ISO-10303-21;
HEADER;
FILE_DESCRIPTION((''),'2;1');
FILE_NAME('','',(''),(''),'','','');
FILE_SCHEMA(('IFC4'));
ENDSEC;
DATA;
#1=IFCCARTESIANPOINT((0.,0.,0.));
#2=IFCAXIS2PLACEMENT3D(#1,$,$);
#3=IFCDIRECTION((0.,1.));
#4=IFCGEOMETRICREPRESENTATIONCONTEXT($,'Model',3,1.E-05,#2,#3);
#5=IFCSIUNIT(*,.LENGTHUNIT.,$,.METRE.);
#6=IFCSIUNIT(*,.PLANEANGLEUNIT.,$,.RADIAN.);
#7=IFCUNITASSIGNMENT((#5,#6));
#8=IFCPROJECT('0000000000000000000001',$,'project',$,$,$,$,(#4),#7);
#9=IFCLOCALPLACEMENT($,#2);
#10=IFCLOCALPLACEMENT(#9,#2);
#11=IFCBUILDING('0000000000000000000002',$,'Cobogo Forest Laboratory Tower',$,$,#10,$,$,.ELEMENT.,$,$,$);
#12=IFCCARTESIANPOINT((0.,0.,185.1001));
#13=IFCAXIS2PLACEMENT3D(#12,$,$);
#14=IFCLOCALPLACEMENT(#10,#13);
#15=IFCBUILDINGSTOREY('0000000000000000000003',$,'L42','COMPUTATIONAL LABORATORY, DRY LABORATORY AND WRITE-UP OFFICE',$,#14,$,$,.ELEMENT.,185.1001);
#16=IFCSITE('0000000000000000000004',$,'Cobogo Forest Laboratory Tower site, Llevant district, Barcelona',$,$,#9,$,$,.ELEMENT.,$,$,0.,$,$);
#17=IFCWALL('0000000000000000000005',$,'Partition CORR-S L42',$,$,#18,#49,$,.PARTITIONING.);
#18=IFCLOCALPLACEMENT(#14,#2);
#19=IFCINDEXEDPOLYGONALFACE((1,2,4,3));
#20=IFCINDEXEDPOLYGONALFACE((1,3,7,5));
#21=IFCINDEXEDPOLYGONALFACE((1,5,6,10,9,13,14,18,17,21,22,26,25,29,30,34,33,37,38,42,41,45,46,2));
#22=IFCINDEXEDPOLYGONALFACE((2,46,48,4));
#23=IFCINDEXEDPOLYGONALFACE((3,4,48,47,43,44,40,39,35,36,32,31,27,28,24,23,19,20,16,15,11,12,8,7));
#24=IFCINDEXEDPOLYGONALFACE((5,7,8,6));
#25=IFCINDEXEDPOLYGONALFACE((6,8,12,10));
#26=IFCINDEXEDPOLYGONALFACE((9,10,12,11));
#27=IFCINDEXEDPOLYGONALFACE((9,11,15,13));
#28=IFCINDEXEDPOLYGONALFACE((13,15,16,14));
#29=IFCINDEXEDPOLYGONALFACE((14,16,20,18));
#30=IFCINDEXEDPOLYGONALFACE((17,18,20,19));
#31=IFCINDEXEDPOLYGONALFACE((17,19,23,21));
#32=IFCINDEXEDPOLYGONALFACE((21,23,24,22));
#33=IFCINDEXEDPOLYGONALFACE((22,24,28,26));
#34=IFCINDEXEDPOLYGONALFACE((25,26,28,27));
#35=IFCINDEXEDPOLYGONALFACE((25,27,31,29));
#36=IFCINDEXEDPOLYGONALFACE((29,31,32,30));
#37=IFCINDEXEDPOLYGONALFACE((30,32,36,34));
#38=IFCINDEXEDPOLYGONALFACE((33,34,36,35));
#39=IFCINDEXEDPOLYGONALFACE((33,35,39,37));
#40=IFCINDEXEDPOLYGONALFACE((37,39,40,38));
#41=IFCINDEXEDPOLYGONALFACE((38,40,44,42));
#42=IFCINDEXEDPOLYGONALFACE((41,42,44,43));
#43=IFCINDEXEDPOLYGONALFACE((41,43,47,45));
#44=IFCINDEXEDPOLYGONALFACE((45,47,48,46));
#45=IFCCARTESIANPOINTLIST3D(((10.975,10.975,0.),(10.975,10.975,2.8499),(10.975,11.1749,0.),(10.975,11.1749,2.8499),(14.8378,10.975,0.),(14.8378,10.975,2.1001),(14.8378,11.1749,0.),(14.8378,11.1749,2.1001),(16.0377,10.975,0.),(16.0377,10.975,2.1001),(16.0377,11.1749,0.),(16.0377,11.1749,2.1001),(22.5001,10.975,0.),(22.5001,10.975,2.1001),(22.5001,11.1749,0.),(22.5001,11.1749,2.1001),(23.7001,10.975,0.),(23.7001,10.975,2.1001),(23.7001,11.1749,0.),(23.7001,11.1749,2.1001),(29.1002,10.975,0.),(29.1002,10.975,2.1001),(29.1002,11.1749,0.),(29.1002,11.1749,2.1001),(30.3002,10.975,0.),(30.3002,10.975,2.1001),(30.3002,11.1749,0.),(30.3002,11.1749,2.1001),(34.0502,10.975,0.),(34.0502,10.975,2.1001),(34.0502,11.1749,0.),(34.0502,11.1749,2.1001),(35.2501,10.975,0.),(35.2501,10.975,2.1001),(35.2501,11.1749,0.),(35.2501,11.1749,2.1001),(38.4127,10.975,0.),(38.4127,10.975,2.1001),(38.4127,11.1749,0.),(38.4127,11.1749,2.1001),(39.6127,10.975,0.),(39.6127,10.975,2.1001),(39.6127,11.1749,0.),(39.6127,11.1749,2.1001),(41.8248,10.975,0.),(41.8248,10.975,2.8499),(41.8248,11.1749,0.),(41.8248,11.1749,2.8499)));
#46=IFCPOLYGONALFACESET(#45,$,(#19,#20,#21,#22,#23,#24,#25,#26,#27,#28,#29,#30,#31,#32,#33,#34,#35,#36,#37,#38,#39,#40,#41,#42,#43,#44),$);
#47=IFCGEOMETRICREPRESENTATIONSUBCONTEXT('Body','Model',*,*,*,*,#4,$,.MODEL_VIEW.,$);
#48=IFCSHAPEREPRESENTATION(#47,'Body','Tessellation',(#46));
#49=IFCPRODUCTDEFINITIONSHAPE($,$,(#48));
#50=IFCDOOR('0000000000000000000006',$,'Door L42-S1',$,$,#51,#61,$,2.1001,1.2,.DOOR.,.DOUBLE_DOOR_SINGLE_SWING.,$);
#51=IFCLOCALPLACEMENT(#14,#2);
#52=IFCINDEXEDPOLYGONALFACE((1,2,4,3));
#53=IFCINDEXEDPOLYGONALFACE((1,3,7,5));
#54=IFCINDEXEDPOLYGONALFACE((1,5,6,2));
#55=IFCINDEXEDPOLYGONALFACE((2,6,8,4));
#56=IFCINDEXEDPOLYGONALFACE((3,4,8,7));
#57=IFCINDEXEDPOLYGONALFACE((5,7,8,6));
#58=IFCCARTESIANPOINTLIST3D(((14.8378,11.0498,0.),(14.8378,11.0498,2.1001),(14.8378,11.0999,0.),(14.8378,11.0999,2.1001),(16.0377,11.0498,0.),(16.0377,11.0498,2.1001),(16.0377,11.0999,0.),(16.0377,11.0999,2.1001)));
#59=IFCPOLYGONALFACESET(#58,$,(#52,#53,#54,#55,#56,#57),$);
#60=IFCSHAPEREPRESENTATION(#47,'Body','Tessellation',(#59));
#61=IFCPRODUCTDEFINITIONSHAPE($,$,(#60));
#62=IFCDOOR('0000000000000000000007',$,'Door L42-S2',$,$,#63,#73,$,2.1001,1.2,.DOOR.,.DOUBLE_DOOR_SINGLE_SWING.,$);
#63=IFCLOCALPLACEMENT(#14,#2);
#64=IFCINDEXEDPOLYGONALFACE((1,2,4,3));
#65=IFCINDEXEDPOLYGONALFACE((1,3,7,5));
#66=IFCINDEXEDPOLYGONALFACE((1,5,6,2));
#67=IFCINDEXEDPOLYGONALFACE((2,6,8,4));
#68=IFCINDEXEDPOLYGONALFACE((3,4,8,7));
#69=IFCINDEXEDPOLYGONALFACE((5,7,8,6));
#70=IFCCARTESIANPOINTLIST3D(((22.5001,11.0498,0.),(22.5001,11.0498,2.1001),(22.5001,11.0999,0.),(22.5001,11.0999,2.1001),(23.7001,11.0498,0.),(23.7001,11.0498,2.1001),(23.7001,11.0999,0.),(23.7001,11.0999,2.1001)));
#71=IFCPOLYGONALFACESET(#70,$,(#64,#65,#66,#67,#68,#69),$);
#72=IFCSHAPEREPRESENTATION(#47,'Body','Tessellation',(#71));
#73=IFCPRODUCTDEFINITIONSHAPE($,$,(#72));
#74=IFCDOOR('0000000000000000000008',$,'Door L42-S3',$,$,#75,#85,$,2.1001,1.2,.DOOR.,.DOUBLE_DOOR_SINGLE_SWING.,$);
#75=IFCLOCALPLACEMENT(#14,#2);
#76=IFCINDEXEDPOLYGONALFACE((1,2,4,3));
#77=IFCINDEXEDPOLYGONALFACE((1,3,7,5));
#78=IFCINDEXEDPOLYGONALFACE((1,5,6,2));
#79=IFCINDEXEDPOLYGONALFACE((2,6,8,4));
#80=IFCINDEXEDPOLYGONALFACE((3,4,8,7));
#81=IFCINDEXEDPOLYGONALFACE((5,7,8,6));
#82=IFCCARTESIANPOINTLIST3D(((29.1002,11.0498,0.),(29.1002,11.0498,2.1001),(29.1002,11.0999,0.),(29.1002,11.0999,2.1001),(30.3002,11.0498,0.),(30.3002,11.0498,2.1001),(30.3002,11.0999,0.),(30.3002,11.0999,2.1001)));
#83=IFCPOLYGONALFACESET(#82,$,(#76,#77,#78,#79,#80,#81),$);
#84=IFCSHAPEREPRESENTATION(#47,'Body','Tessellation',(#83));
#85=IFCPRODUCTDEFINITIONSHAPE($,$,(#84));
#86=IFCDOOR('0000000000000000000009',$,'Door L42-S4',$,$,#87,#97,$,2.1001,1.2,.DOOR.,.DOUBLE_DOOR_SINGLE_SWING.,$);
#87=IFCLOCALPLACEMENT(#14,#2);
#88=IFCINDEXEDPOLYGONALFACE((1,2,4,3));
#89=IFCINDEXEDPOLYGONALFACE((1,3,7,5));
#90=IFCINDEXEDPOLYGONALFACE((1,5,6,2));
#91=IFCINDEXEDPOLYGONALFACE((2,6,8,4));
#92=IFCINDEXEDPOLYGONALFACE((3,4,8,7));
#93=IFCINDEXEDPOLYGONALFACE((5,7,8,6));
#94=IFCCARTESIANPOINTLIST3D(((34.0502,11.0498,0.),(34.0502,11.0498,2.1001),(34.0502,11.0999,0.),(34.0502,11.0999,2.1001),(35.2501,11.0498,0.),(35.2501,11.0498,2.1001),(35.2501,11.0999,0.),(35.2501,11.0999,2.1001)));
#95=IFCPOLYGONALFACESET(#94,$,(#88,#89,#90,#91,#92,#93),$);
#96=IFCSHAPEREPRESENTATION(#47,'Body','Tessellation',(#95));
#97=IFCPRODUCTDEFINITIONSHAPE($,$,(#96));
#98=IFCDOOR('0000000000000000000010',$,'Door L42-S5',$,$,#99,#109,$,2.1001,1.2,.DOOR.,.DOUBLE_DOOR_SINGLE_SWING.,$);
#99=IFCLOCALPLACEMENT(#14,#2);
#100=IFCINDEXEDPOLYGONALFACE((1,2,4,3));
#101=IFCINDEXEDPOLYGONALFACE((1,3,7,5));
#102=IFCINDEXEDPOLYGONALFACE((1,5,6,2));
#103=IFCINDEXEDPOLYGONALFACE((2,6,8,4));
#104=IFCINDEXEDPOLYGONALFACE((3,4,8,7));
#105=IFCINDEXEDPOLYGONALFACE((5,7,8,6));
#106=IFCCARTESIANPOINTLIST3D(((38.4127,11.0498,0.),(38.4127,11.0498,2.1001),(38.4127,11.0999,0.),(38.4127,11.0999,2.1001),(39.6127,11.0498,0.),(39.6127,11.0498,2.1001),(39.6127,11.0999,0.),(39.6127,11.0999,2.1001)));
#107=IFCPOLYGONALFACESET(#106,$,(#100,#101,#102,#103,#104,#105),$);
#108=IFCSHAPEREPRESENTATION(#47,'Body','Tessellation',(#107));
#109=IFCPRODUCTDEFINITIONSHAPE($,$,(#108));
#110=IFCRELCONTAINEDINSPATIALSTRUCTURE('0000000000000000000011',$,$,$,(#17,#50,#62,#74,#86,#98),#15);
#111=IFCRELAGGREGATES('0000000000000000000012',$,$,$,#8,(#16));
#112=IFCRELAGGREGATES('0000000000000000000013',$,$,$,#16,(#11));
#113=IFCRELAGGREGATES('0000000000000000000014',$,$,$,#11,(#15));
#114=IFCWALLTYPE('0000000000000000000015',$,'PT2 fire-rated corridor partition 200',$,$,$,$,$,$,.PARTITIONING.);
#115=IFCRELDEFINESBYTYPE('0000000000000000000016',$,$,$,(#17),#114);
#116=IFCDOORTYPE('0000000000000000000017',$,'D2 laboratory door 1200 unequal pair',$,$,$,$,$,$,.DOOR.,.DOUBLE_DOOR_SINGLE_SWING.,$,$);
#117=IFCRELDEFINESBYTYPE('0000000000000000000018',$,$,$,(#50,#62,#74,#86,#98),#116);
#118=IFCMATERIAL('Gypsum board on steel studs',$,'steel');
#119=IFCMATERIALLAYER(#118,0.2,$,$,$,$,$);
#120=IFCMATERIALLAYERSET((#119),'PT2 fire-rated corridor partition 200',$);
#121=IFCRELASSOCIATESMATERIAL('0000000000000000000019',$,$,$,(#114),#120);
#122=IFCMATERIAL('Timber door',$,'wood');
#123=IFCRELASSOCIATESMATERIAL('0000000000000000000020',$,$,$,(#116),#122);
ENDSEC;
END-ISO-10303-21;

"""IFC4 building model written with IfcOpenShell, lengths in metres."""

from ifc_helpers import new_model, si_unit, direction, frame, frame_2d, origin, place, context, subcontext, project, spatial, rectangle, extrude, material, layer, layer_set, type_object, element, fill, save


model = new_model("IFC4")

# Units and contexts
model_context = context("Model", 3, precision=1e-05, world=origin(), true_north=direction((0.0, 1.0)))
body_context = subcontext(model_context, "Body", "Model", "MODEL_VIEW")
ifc_project = project(units=[si_unit("LENGTHUNIT", "METRE"), si_unit("PLANEANGLEUNIT", "RADIAN")], contexts=[model_context])

# Site, building, storey
site_placement = place(None, origin())
site = spatial("IfcSite", under=ifc_project, at=site_placement, Name="Cobogo Forest Laboratory Tower site, Llevant district, Barcelona", CompositionType="ELEMENT", RefElevation=0.0)
building_placement = place(site_placement, origin())
building = spatial("IfcBuilding", under=site, at=building_placement, Name="Cobogo Forest Laboratory Tower", CompositionType="ELEMENT")
storey_placement = place(building_placement, frame((0.0, 0.0, 185.1001)))
storey = spatial("IfcBuildingStorey", under=building, at=storey_placement, Name="L42", Description="COMPUTATIONAL LABORATORY, DRY LABORATORY AND WRITE-UP OFFICE", CompositionType="ELEMENT", Elevation=185.1001)

# Shared definitions
ifc_material_1 = material(Name="Gypsum board on steel studs", Category="steel")

# Wall, openings, doors
ifc_layer_1 = layer(ifc_material_1, 0.2)
ifc_layer_set_1 = layer_set([ifc_layer_1], Name="PT2 fire-rated corridor partition 200")
wall_type_1 = type_object("IfcWallType", Name="PT2 fire-rated corridor partition 200", PredefinedType="PARTITIONING", material=ifc_layer_set_1)
wall_1_placement = place(storey_placement, frame((10.9751, 11.075, 0.0), z_axis=(0.0, 0.0, 1.0), x_axis=(1.0, 0.0, 0.0)))
wall_1 = element("IfcWall", 1, at=wall_1_placement, inside=storey, type_object=wall_type_1, Name="Partition CORR-S L42", PredefinedType="PARTITIONING", context=body_context, shape_type="SweptSolid", body=[
    extrude(rectangle(XDim=30.8499, YDim=0.2, at=frame_2d((15.4248, 0.0))), origin(), (0.0, 0.0, 1.0), 2.8499),
])
opening_1_placement = place(wall_1_placement, frame((3.8625, 0.0, 0.0)))
opening_1 = element("IfcOpeningElement", 2, at=opening_1_placement, cuts=wall_1, PredefinedType="OPENING", context=body_context, shape_type="SweptSolid", body=[
    extrude(rectangle(XDim=1.2, YDim=2.1001, at=frame_2d((0.6001, 1.05))), frame((0.0, 0.1099, 0.0), z_axis=(0.0, -1.0, 0.0), x_axis=(1.0, 0.0, 0.0)), (0.0, 0.0, 1.0), 0.22),
])
opening_2_placement = place(wall_1_placement, frame((11.5249, 0.0, 0.0)))
opening_2 = element("IfcOpeningElement", 3, at=opening_2_placement, cuts=wall_1, PredefinedType="OPENING", context=body_context, shape_type="SweptSolid", body=[
    extrude(rectangle(XDim=1.2, YDim=2.1001, at=frame_2d((0.6001, 1.05))), frame((0.0, 0.1099, 0.0), z_axis=(0.0, -1.0, 0.0), x_axis=(1.0, 0.0, 0.0)), (0.0, 0.0, 1.0), 0.22),
])
opening_3_placement = place(wall_1_placement, frame((18.125, 0.0, 0.0)))
opening_3 = element("IfcOpeningElement", 4, at=opening_3_placement, cuts=wall_1, PredefinedType="OPENING", context=body_context, shape_type="SweptSolid", body=[
    extrude(rectangle(XDim=1.2, YDim=2.1001, at=frame_2d((0.6001, 1.05))), frame((0.0, 0.1099, 0.0), z_axis=(0.0, -1.0, 0.0), x_axis=(1.0, 0.0, 0.0)), (0.0, 0.0, 1.0), 0.22),
])
opening_4_placement = place(wall_1_placement, frame((23.075, 0.0, 0.0)))
opening_4 = element("IfcOpeningElement", 5, at=opening_4_placement, cuts=wall_1, PredefinedType="OPENING", context=body_context, shape_type="SweptSolid", body=[
    extrude(rectangle(XDim=1.2, YDim=2.1001, at=frame_2d((0.6001, 1.05))), frame((0.0, 0.1099, 0.0), z_axis=(0.0, -1.0, 0.0), x_axis=(1.0, 0.0, 0.0)), (0.0, 0.0, 1.0), 0.22),
])
opening_5_placement = place(wall_1_placement, frame((27.4375, 0.0, 0.0)))
opening_5 = element("IfcOpeningElement", 6, at=opening_5_placement, cuts=wall_1, PredefinedType="OPENING", context=body_context, shape_type="SweptSolid", body=[
    extrude(rectangle(XDim=1.2, YDim=2.1001, at=frame_2d((0.6001, 1.05))), frame((0.0, 0.1099, 0.0), z_axis=(0.0, -1.0, 0.0), x_axis=(1.0, 0.0, 0.0)), (0.0, 0.0, 1.0), 0.22),
])
ifc_material_2 = material(Name="Timber door", Category="wood")
door_type_1 = type_object("IfcDoorType", Name="D2 laboratory door 1200 unequal pair", OperationType="DOUBLE_DOOR_SINGLE_SWING", PredefinedType="DOOR", material=ifc_material_2)
door_1_placement = place(opening_1_placement, origin())
door_1 = element("IfcDoor", 7, at=door_1_placement, inside=storey, type_object=door_type_1, Name="Door L42-S1", OperationType="DOUBLE_DOOR_SINGLE_SWING", OverallHeight=2.1001, OverallWidth=1.2, PredefinedType="DOOR", context=body_context, shape_type="SweptSolid", body=[
    extrude(rectangle(XDim=1.2, YDim=2.1001, at=frame_2d((0.6001, 1.05))), frame((0.0, 0.0249, 0.0), z_axis=(0.0, -1.0, 0.0), x_axis=(1.0, 0.0, 0.0)), (0.0, 0.0, 1.0), 0.05),
])
fill(opening_1, door_1)
door_2_placement = place(opening_2_placement, origin())
door_2 = element("IfcDoor", 8, at=door_2_placement, inside=storey, type_object=door_type_1, Name="Door L42-S2", OperationType="DOUBLE_DOOR_SINGLE_SWING", OverallHeight=2.1001, OverallWidth=1.2, PredefinedType="DOOR", context=body_context, shape_type="SweptSolid", body=[
    extrude(rectangle(XDim=1.2, YDim=2.1001, at=frame_2d((0.6001, 1.05))), frame((0.0, 0.0249, 0.0), z_axis=(0.0, -1.0, 0.0), x_axis=(1.0, 0.0, 0.0)), (0.0, 0.0, 1.0), 0.05),
])
fill(opening_2, door_2)
door_3_placement = place(opening_3_placement, origin())
door_3 = element("IfcDoor", 9, at=door_3_placement, inside=storey, type_object=door_type_1, Name="Door L42-S3", OperationType="DOUBLE_DOOR_SINGLE_SWING", OverallHeight=2.1001, OverallWidth=1.2, PredefinedType="DOOR", context=body_context, shape_type="SweptSolid", body=[
    extrude(rectangle(XDim=1.2, YDim=2.1001, at=frame_2d((0.6001, 1.05))), frame((0.0, 0.0249, 0.0), z_axis=(0.0, -1.0, 0.0), x_axis=(1.0, 0.0, 0.0)), (0.0, 0.0, 1.0), 0.05),
])
fill(opening_3, door_3)
door_4_placement = place(opening_4_placement, origin())
door_4 = element("IfcDoor", 10, at=door_4_placement, inside=storey, type_object=door_type_1, Name="Door L42-S4", OperationType="DOUBLE_DOOR_SINGLE_SWING", OverallHeight=2.1001, OverallWidth=1.2, PredefinedType="DOOR", context=body_context, shape_type="SweptSolid", body=[
    extrude(rectangle(XDim=1.2, YDim=2.1001, at=frame_2d((0.6001, 1.05))), frame((0.0, 0.0249, 0.0), z_axis=(0.0, -1.0, 0.0), x_axis=(1.0, 0.0, 0.0)), (0.0, 0.0, 1.0), 0.05),
])
fill(opening_4, door_4)
door_5_placement = place(opening_5_placement, origin())
door_5 = element("IfcDoor", 11, at=door_5_placement, inside=storey, type_object=door_type_1, Name="Door L42-S5", OperationType="DOUBLE_DOOR_SINGLE_SWING", OverallHeight=2.1001, OverallWidth=1.2, PredefinedType="DOOR", context=body_context, shape_type="SweptSolid", body=[
    extrude(rectangle(XDim=1.2, YDim=2.1001, at=frame_2d((0.6001, 1.05))), frame((0.0, 0.0249, 0.0), z_axis=(0.0, -1.0, 0.0), x_axis=(1.0, 0.0, 0.0)), (0.0, 0.0, 1.0), 0.05),
])
fill(opening_5, door_5)

save(model, "model.ifc")
